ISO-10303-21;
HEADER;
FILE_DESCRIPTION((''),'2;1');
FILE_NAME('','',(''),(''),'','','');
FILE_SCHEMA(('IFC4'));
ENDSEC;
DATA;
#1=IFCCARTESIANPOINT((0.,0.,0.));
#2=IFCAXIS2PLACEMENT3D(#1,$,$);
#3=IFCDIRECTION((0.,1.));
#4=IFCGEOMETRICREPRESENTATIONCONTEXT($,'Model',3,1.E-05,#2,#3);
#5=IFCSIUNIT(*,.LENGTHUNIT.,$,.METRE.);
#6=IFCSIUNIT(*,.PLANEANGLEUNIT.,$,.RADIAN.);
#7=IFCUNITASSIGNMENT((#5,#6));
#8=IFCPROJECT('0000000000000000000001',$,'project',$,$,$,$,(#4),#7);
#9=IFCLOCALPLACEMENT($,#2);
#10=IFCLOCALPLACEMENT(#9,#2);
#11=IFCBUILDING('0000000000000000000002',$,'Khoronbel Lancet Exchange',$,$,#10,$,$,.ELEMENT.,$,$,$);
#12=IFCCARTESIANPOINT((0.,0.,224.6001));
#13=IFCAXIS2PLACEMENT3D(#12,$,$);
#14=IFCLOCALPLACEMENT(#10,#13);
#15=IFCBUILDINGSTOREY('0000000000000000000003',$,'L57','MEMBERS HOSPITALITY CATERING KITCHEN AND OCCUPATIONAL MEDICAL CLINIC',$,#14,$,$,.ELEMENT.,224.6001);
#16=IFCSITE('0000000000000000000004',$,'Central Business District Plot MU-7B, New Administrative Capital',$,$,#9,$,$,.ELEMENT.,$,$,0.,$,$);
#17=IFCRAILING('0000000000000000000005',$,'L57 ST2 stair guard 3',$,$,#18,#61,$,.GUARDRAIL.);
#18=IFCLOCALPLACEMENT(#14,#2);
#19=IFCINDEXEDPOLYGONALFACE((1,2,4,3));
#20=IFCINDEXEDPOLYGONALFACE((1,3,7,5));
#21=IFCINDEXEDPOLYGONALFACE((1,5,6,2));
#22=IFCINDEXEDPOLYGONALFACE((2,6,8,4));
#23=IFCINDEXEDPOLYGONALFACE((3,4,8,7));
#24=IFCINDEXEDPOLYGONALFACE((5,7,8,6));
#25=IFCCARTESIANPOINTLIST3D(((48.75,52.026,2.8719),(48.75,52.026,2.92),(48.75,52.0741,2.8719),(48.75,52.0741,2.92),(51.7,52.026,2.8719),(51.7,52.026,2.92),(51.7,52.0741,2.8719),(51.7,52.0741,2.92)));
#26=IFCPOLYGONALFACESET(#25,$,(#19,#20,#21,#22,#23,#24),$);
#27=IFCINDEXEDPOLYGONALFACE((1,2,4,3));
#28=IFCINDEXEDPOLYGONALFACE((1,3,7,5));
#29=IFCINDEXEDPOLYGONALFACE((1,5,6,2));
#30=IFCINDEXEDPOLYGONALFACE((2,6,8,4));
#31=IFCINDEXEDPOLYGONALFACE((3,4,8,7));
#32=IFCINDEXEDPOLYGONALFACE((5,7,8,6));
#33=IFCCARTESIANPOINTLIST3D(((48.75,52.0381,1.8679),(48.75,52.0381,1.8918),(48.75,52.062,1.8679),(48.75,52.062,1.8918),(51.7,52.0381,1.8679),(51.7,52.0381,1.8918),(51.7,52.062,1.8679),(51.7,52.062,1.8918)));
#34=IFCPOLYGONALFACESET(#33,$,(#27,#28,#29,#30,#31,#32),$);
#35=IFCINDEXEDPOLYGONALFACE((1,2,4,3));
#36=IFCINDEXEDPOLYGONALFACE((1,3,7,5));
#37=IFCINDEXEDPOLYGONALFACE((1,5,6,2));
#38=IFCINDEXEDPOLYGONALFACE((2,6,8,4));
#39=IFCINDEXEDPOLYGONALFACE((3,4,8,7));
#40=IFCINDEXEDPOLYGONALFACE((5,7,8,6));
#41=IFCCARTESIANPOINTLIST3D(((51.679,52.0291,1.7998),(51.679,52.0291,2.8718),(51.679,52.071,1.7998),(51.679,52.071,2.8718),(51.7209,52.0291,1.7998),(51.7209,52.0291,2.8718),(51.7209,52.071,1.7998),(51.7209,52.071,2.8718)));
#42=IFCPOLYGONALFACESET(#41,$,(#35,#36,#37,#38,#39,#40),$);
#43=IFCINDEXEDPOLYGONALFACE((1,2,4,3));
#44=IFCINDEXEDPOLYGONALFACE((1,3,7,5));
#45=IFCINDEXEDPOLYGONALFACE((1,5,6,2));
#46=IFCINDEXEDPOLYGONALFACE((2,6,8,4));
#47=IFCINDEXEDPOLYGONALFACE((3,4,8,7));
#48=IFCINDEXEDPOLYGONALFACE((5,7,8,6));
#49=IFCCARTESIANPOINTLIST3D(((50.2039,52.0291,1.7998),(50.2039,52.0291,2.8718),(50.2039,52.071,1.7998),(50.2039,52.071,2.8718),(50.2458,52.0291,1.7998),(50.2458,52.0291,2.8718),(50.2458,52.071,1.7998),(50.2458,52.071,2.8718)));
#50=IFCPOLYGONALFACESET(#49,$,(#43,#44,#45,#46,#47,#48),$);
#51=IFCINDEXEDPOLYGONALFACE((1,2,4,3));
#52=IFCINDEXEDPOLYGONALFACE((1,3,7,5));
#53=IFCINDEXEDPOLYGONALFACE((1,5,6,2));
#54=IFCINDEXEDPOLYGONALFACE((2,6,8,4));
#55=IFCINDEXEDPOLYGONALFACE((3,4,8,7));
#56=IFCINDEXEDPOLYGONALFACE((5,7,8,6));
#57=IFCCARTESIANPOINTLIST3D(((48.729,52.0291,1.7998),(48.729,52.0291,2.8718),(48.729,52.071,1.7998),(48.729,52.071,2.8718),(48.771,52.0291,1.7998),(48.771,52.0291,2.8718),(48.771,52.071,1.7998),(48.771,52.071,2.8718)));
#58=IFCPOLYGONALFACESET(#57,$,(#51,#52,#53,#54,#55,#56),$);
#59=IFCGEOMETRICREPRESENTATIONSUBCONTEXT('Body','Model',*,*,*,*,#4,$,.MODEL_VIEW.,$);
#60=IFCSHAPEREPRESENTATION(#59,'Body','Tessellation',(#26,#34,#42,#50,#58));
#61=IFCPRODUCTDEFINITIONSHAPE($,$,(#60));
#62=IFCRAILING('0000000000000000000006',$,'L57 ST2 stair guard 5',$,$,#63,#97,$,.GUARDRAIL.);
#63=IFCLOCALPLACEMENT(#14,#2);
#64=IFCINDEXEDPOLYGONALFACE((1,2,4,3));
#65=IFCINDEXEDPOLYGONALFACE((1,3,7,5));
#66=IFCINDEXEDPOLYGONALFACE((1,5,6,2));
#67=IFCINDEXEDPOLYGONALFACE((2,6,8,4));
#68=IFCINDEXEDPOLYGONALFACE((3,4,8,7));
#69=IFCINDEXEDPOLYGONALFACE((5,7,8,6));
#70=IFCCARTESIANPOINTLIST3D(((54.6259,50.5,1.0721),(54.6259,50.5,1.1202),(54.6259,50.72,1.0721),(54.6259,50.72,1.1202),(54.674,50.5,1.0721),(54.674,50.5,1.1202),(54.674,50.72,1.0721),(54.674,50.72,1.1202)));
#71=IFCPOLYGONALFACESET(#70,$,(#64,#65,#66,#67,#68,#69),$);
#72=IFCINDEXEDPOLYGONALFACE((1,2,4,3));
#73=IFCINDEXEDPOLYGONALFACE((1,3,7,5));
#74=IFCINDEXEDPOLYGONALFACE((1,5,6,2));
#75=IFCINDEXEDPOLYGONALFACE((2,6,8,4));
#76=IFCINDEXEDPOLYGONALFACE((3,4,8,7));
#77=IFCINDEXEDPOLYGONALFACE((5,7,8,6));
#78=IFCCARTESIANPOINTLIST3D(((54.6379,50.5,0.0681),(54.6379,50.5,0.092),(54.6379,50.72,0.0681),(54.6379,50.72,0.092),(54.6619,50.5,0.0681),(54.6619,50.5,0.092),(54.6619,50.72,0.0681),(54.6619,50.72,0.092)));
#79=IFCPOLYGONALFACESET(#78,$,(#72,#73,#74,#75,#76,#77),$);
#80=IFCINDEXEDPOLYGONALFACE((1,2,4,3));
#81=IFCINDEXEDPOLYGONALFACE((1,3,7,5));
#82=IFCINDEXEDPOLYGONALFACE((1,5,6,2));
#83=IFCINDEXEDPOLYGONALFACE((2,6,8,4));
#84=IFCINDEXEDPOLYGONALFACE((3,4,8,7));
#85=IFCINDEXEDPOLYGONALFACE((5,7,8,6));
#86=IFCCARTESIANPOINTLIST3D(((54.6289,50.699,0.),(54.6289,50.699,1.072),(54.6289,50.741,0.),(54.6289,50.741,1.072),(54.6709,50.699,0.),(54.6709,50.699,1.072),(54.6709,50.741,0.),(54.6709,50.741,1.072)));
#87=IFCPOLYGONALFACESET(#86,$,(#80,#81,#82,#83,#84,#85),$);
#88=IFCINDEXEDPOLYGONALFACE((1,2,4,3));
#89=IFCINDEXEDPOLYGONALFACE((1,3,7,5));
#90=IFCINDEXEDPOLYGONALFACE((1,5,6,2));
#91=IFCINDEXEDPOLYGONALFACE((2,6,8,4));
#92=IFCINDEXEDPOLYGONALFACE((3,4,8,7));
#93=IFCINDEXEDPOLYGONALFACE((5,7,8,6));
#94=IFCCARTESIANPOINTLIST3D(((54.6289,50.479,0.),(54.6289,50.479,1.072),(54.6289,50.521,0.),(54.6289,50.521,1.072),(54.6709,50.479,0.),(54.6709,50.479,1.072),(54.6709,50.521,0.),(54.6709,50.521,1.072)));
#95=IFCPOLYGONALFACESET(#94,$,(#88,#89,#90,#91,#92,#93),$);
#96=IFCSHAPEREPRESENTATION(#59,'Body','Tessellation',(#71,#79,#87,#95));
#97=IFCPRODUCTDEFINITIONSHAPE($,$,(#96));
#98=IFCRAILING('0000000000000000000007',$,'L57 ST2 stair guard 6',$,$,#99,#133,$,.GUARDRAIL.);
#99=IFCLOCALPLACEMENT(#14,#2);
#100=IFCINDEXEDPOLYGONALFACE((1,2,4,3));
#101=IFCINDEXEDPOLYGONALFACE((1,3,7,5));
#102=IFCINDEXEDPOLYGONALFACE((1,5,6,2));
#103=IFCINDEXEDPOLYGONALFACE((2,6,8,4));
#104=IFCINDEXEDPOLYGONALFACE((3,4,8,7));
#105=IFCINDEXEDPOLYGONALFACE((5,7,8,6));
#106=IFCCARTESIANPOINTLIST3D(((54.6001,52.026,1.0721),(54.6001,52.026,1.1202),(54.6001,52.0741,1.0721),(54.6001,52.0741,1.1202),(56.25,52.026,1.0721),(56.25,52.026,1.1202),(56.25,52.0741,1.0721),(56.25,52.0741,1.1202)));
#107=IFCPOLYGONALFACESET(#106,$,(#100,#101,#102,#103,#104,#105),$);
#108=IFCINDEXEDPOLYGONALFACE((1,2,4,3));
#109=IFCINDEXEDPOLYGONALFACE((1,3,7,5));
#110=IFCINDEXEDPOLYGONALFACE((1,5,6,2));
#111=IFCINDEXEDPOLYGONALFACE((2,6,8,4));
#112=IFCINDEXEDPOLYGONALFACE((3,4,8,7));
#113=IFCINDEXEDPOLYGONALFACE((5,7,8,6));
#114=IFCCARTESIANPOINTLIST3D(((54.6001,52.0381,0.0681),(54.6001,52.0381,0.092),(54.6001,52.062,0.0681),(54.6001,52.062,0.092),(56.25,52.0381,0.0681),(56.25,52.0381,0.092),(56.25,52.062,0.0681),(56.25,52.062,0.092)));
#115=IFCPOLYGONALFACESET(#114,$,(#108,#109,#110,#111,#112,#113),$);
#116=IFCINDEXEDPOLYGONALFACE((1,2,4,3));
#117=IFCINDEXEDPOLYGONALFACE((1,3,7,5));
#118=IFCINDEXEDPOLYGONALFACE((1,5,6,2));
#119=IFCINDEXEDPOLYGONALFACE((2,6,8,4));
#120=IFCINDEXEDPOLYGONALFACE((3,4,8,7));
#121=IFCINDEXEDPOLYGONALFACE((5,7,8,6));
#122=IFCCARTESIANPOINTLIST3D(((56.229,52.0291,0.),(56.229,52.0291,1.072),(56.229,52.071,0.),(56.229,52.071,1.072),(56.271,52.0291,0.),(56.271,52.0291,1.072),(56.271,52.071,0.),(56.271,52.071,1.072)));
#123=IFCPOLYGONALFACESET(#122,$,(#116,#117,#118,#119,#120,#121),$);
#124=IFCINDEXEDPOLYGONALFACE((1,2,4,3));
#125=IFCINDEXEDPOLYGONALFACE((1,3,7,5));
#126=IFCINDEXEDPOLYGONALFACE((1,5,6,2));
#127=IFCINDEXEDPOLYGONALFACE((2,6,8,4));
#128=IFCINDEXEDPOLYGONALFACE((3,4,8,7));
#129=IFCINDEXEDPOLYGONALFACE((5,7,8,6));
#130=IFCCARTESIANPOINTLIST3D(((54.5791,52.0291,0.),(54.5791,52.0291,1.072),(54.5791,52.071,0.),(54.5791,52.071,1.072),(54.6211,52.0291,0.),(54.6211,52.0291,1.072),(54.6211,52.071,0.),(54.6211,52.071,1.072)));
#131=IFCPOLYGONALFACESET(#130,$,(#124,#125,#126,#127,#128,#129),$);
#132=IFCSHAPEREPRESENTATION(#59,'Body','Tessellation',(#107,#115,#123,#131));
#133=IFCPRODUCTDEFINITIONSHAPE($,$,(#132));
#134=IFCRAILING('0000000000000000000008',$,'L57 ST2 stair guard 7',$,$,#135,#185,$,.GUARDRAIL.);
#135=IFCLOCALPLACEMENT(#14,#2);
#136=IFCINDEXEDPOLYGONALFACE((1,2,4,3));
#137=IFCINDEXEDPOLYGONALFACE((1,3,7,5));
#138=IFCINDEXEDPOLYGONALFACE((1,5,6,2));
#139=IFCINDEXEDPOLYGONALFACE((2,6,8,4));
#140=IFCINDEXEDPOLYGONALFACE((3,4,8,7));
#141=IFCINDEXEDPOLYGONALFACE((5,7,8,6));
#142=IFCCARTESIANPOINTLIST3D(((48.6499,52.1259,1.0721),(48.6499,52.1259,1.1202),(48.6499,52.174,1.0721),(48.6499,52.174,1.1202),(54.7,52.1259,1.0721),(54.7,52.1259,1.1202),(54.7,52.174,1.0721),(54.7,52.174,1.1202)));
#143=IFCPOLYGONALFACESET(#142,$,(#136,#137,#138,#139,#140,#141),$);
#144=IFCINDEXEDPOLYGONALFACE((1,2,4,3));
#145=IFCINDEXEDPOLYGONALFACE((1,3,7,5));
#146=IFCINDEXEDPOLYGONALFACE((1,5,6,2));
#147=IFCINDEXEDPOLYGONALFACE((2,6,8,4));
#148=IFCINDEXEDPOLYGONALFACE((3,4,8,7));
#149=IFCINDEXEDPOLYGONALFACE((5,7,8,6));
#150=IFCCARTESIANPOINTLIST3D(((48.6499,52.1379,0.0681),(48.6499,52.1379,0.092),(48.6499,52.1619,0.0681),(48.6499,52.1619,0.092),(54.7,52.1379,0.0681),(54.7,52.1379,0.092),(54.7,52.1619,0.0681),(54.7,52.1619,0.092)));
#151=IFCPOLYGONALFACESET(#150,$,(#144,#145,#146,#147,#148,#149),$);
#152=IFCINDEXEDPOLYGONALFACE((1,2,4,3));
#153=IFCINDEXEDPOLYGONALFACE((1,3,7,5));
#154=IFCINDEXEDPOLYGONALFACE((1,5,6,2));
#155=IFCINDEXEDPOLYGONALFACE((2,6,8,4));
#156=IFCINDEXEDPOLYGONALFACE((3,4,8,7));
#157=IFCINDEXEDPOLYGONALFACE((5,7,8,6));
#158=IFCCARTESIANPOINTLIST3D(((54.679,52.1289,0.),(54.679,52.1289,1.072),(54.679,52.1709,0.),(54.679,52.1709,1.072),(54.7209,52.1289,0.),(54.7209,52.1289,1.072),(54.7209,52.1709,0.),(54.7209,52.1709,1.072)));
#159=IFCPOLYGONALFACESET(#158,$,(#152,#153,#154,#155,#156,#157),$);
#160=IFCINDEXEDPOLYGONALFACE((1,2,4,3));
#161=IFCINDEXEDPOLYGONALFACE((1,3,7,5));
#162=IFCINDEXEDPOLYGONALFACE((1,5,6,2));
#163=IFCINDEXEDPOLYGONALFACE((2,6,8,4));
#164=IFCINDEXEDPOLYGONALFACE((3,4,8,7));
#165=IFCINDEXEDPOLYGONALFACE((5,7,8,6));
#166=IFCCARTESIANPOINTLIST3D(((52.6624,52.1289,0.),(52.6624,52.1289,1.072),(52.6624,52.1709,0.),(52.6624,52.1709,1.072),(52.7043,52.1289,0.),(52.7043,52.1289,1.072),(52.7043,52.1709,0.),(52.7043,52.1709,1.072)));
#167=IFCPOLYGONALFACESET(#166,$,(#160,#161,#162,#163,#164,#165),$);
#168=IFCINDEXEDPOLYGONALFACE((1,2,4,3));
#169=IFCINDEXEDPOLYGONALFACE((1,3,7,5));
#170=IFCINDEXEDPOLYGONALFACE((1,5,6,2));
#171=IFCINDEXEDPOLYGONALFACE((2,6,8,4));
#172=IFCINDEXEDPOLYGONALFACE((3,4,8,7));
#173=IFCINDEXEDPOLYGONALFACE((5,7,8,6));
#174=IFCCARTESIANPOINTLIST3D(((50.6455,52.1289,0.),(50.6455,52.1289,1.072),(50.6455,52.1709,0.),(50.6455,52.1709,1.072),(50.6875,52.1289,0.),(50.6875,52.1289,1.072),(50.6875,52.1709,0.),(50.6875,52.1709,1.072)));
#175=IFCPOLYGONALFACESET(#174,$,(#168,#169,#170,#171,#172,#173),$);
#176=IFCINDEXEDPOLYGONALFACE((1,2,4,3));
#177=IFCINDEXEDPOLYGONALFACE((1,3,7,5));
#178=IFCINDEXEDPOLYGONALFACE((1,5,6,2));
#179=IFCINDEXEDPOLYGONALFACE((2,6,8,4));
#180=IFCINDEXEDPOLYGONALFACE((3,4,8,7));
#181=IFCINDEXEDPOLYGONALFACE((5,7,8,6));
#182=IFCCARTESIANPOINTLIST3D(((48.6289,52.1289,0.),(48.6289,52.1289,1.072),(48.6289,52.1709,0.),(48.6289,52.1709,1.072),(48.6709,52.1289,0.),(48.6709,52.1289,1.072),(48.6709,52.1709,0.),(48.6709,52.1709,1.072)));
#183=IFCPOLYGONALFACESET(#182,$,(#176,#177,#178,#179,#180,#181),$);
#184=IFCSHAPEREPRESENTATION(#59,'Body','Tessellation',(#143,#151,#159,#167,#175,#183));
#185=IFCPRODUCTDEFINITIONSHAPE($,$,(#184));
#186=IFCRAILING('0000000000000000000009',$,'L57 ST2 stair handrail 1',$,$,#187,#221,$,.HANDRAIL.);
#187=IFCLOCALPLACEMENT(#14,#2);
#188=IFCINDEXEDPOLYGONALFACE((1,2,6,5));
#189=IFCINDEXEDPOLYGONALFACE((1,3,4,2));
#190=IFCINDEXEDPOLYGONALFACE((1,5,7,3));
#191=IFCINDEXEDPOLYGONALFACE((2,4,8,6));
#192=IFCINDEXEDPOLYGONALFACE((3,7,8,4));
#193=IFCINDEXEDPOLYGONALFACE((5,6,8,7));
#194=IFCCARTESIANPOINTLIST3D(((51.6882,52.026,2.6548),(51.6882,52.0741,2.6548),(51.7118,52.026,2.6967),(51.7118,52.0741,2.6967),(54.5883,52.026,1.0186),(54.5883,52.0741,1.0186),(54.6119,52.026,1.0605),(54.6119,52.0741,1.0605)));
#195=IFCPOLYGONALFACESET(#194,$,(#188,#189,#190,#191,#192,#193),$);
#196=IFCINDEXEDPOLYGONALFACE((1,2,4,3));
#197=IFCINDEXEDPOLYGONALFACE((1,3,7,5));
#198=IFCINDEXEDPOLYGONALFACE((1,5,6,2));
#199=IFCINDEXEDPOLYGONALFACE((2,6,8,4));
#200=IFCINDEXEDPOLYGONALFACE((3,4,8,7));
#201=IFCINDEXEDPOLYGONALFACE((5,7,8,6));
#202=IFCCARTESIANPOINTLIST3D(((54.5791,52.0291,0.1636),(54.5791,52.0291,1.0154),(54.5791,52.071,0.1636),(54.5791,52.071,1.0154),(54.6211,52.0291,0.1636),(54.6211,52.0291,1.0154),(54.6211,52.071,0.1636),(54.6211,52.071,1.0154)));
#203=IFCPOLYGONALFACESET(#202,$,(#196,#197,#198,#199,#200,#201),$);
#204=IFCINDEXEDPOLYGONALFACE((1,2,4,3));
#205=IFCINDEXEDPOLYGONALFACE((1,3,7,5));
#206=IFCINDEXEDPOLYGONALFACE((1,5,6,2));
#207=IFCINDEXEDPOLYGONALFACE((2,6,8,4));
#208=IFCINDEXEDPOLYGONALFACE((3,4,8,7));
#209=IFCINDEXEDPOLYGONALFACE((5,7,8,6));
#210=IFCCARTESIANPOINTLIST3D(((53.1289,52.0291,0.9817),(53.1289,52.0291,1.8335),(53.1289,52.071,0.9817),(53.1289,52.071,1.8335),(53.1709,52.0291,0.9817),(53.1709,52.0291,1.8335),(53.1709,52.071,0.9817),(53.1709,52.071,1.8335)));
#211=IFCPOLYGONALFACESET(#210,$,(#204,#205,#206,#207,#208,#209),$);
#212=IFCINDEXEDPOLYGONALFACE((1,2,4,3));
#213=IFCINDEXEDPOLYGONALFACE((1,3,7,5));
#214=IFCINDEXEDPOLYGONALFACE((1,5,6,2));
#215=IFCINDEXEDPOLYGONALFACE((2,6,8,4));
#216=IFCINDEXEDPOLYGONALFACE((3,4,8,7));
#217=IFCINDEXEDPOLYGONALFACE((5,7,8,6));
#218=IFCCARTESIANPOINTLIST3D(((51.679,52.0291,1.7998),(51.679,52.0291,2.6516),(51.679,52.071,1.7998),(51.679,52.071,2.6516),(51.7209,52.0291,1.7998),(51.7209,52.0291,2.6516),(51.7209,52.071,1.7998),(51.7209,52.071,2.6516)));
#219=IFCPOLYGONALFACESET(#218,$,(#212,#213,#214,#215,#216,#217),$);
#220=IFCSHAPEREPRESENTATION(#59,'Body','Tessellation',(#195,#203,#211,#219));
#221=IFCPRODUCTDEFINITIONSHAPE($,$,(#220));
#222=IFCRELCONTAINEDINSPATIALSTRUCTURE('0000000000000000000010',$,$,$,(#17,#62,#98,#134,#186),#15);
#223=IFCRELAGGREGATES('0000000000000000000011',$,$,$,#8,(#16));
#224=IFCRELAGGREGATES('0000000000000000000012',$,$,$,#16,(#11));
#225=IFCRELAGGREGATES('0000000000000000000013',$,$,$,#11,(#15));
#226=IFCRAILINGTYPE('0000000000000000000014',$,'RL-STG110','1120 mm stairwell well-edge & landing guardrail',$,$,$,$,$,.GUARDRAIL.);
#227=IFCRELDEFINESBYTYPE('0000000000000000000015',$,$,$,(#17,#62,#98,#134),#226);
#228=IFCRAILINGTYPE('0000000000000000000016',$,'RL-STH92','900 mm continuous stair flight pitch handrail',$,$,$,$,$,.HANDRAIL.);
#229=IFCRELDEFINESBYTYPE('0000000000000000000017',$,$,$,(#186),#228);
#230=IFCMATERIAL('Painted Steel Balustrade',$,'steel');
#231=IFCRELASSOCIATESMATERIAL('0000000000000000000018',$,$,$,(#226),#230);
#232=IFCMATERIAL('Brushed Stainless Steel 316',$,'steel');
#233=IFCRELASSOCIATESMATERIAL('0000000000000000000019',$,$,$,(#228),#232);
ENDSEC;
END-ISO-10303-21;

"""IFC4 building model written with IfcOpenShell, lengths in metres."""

from ifc_helpers import new_model, si_unit, direction, frame, origin, origin_2d, place, context, subcontext, project, spatial, rectangle, extrude, material, type_object, element, save


model = new_model("IFC4")

# Units and contexts
model_context = context("Model", 3, precision=1e-05, world=origin(), true_north=direction((0.0, 1.0)))
body_context = subcontext(model_context, "Body", "Model", "MODEL_VIEW")
ifc_project = project(units=[si_unit("LENGTHUNIT", "METRE"), si_unit("PLANEANGLEUNIT", "RADIAN")], contexts=[model_context])

# Site, building, storey
site_placement = place(None, origin())
site = spatial("IfcSite", under=ifc_project, at=site_placement, Name="Central Business District Plot MU-7B, New Administrative Capital", CompositionType="ELEMENT", RefElevation=0.0)
building_placement = place(site_placement, origin())
building = spatial("IfcBuilding", under=site, at=building_placement, Name="Khoronbel Lancet Exchange", CompositionType="ELEMENT")
storey_placement = place(building_placement, frame((0.0, 0.0, 224.6001)))
storey = spatial("IfcBuildingStorey", under=building, at=storey_placement, Name="L57", Description="MEMBERS HOSPITALITY CATERING KITCHEN AND OCCUPATIONAL MEDICAL CLINIC", CompositionType="ELEMENT", Elevation=224.6001)

# Railings
ifc_material_1 = material(Name="Painted Steel Balustrade", Category="steel")
railing_type_1 = type_object("IfcRailingType", Name="RL-STG110", Description="1120 mm stairwell well-edge & landing guardrail", PredefinedType="GUARDRAIL", material=ifc_material_1)
railing_1_placement = place(storey_placement, frame((51.7, 52.05, 1.7998)))
element("IfcRailing", 1, at=railing_1_placement, inside=storey, type_object=railing_type_1, Name="L57 ST2 stair guard 3", PredefinedType="GUARDRAIL", context=body_context, shape_type="SweptSolid", body=[
    extrude(rectangle(XDim=0.0481, YDim=0.0481, at=origin_2d()), frame((0.0, 0.0, 1.0962), z_axis=(-1.0, 0.0, 0.0), x_axis=(0.0, -1.0, 0.0)), (0.0, 0.0, 1.0), 2.95),
    extrude(rectangle(XDim=0.0239, YDim=0.0239, at=origin_2d()), frame((0.0, 0.0, 0.0801), z_axis=(-1.0, 0.0, 0.0), x_axis=(0.0, -1.0, 0.0)), (0.0, 0.0, 1.0), 2.95),
    extrude(rectangle(XDim=0.042, YDim=0.042, at=origin_2d()), origin(), (0.0, 0.0, 1.0), 1.072),
    extrude(rectangle(XDim=0.042, YDim=0.042, at=origin_2d()), frame((-1.4751, 0.0, 0.0)), (0.0, 0.0, 1.0), 1.072),
    extrude(rectangle(XDim=0.042, YDim=0.042, at=origin_2d()), frame((-2.95, 0.0, 0.0)), (0.0, 0.0, 1.0), 1.072),
])
railing_2_placement = place(storey_placement, frame((54.6499, 50.72, 0.0)))
element("IfcRailing", 2, at=railing_2_placement, inside=storey, type_object=railing_type_1, Name="L57 ST2 stair guard 5", PredefinedType="GUARDRAIL", context=body_context, shape_type="SweptSolid", body=[
    extrude(rectangle(XDim=0.0481, YDim=0.0481, at=origin_2d()), frame((0.0, 0.0, 1.0962), z_axis=(0.0, -1.0, 0.0), x_axis=(1.0, 0.0, 0.0)), (0.0, 0.0, 1.0), 0.22),
    extrude(rectangle(XDim=0.0239, YDim=0.0239, at=origin_2d()), frame((0.0, 0.0, 0.0801), z_axis=(0.0, -1.0, 0.0), x_axis=(1.0, 0.0, 0.0)), (0.0, 0.0, 1.0), 0.22),
    extrude(rectangle(XDim=0.042, YDim=0.042, at=origin_2d()), origin(), (0.0, 0.0, 1.0), 1.072),
    extrude(rectangle(XDim=0.042, YDim=0.042, at=origin_2d()), frame((0.0, -0.22, 0.0)), (0.0, 0.0, 1.0), 1.072),
])
railing_3_placement = place(storey_placement, frame((56.25, 52.05, 0.0)))
element("IfcRailing", 3, at=railing_3_placement, inside=storey, type_object=railing_type_1, Name="L57 ST2 stair guard 6", PredefinedType="GUARDRAIL", context=body_context, shape_type="SweptSolid", body=[
    extrude(rectangle(XDim=0.0481, YDim=0.0481, at=origin_2d()), frame((0.0, 0.0, 1.0962), z_axis=(-1.0, 0.0, 0.0), x_axis=(0.0, -1.0, 0.0)), (0.0, 0.0, 1.0), 1.6499),
    extrude(rectangle(XDim=0.0239, YDim=0.0239, at=origin_2d()), frame((0.0, 0.0, 0.0801), z_axis=(-1.0, 0.0, 0.0), x_axis=(0.0, -1.0, 0.0)), (0.0, 0.0, 1.0), 1.6499),
    extrude(rectangle(XDim=0.042, YDim=0.042, at=origin_2d()), origin(), (0.0, 0.0, 1.0), 1.072),
    extrude(rectangle(XDim=0.042, YDim=0.042, at=origin_2d()), frame((-1.6499, 0.0, 0.0)), (0.0, 0.0, 1.0), 1.072),
])
railing_4_placement = place(storey_placement, frame((54.7, 52.1499, 0.0)))
element("IfcRailing", 4, at=railing_4_placement, inside=storey, type_object=railing_type_1, Name="L57 ST2 stair guard 7", PredefinedType="GUARDRAIL", context=body_context, shape_type="SweptSolid", body=[
    extrude(rectangle(XDim=0.0481, YDim=0.0481, at=origin_2d()), frame((0.0, 0.0, 1.0962), z_axis=(-1.0, 0.0, 0.0), x_axis=(0.0, -1.0, 0.0)), (0.0, 0.0, 1.0), 6.05),
    extrude(rectangle(XDim=0.0239, YDim=0.0239, at=origin_2d()), frame((0.0, 0.0, 0.0801), z_axis=(-1.0, 0.0, 0.0), x_axis=(0.0, -1.0, 0.0)), (0.0, 0.0, 1.0), 6.05),
    extrude(rectangle(XDim=0.042, YDim=0.042, at=origin_2d()), origin(), (0.0, 0.0, 1.0), 1.072),
    extrude(rectangle(XDim=0.042, YDim=0.042, at=origin_2d()), frame((-2.0166, 0.0, 0.0)), (0.0, 0.0, 1.0), 1.072),
    extrude(rectangle(XDim=0.042, YDim=0.042, at=origin_2d()), frame((-4.0334, 0.0, 0.0)), (0.0, 0.0, 1.0), 1.072),
    extrude(rectangle(XDim=0.042, YDim=0.042, at=origin_2d()), frame((-6.05, 0.0, 0.0)), (0.0, 0.0, 1.0), 1.072),
])
ifc_material_2 = material(Name="Brushed Stainless Steel 316", Category="steel")
railing_type_2 = type_object("IfcRailingType", Name="RL-STH92", Description="900 mm continuous stair flight pitch handrail", PredefinedType="HANDRAIL", material=ifc_material_2)
railing_5_placement = place(storey_placement, frame((54.6001, 52.05, 0.1636)))
element("IfcRailing", 5, at=railing_5_placement, inside=storey, type_object=railing_type_2, Name="L57 ST2 stair handrail 1", PredefinedType="HANDRAIL", context=body_context, shape_type="SweptSolid", body=[
    extrude(rectangle(XDim=0.0481, YDim=0.0481, at=origin_2d()), frame((0.0, 0.0, 0.876), z_axis=(-0.870946, 0.0, 0.491378), x_axis=(0.0, -1.0, 0.0)), (0.0, 0.0, 1.0), 3.3298),
    extrude(rectangle(XDim=0.042, YDim=0.042, at=origin_2d()), origin(), (0.0, 0.0, 1.0), 0.8518),
    extrude(rectangle(XDim=0.042, YDim=0.042, at=origin_2d()), frame((-1.4502, 0.0, 0.8181)), (0.0, 0.0, 1.0), 0.8518),
    extrude(rectangle(XDim=0.042, YDim=0.042, at=origin_2d()), frame((-2.9001, 0.0, 1.6362)), (0.0, 0.0, 1.0), 0.8518),
])

save(model, "model.ifc")
